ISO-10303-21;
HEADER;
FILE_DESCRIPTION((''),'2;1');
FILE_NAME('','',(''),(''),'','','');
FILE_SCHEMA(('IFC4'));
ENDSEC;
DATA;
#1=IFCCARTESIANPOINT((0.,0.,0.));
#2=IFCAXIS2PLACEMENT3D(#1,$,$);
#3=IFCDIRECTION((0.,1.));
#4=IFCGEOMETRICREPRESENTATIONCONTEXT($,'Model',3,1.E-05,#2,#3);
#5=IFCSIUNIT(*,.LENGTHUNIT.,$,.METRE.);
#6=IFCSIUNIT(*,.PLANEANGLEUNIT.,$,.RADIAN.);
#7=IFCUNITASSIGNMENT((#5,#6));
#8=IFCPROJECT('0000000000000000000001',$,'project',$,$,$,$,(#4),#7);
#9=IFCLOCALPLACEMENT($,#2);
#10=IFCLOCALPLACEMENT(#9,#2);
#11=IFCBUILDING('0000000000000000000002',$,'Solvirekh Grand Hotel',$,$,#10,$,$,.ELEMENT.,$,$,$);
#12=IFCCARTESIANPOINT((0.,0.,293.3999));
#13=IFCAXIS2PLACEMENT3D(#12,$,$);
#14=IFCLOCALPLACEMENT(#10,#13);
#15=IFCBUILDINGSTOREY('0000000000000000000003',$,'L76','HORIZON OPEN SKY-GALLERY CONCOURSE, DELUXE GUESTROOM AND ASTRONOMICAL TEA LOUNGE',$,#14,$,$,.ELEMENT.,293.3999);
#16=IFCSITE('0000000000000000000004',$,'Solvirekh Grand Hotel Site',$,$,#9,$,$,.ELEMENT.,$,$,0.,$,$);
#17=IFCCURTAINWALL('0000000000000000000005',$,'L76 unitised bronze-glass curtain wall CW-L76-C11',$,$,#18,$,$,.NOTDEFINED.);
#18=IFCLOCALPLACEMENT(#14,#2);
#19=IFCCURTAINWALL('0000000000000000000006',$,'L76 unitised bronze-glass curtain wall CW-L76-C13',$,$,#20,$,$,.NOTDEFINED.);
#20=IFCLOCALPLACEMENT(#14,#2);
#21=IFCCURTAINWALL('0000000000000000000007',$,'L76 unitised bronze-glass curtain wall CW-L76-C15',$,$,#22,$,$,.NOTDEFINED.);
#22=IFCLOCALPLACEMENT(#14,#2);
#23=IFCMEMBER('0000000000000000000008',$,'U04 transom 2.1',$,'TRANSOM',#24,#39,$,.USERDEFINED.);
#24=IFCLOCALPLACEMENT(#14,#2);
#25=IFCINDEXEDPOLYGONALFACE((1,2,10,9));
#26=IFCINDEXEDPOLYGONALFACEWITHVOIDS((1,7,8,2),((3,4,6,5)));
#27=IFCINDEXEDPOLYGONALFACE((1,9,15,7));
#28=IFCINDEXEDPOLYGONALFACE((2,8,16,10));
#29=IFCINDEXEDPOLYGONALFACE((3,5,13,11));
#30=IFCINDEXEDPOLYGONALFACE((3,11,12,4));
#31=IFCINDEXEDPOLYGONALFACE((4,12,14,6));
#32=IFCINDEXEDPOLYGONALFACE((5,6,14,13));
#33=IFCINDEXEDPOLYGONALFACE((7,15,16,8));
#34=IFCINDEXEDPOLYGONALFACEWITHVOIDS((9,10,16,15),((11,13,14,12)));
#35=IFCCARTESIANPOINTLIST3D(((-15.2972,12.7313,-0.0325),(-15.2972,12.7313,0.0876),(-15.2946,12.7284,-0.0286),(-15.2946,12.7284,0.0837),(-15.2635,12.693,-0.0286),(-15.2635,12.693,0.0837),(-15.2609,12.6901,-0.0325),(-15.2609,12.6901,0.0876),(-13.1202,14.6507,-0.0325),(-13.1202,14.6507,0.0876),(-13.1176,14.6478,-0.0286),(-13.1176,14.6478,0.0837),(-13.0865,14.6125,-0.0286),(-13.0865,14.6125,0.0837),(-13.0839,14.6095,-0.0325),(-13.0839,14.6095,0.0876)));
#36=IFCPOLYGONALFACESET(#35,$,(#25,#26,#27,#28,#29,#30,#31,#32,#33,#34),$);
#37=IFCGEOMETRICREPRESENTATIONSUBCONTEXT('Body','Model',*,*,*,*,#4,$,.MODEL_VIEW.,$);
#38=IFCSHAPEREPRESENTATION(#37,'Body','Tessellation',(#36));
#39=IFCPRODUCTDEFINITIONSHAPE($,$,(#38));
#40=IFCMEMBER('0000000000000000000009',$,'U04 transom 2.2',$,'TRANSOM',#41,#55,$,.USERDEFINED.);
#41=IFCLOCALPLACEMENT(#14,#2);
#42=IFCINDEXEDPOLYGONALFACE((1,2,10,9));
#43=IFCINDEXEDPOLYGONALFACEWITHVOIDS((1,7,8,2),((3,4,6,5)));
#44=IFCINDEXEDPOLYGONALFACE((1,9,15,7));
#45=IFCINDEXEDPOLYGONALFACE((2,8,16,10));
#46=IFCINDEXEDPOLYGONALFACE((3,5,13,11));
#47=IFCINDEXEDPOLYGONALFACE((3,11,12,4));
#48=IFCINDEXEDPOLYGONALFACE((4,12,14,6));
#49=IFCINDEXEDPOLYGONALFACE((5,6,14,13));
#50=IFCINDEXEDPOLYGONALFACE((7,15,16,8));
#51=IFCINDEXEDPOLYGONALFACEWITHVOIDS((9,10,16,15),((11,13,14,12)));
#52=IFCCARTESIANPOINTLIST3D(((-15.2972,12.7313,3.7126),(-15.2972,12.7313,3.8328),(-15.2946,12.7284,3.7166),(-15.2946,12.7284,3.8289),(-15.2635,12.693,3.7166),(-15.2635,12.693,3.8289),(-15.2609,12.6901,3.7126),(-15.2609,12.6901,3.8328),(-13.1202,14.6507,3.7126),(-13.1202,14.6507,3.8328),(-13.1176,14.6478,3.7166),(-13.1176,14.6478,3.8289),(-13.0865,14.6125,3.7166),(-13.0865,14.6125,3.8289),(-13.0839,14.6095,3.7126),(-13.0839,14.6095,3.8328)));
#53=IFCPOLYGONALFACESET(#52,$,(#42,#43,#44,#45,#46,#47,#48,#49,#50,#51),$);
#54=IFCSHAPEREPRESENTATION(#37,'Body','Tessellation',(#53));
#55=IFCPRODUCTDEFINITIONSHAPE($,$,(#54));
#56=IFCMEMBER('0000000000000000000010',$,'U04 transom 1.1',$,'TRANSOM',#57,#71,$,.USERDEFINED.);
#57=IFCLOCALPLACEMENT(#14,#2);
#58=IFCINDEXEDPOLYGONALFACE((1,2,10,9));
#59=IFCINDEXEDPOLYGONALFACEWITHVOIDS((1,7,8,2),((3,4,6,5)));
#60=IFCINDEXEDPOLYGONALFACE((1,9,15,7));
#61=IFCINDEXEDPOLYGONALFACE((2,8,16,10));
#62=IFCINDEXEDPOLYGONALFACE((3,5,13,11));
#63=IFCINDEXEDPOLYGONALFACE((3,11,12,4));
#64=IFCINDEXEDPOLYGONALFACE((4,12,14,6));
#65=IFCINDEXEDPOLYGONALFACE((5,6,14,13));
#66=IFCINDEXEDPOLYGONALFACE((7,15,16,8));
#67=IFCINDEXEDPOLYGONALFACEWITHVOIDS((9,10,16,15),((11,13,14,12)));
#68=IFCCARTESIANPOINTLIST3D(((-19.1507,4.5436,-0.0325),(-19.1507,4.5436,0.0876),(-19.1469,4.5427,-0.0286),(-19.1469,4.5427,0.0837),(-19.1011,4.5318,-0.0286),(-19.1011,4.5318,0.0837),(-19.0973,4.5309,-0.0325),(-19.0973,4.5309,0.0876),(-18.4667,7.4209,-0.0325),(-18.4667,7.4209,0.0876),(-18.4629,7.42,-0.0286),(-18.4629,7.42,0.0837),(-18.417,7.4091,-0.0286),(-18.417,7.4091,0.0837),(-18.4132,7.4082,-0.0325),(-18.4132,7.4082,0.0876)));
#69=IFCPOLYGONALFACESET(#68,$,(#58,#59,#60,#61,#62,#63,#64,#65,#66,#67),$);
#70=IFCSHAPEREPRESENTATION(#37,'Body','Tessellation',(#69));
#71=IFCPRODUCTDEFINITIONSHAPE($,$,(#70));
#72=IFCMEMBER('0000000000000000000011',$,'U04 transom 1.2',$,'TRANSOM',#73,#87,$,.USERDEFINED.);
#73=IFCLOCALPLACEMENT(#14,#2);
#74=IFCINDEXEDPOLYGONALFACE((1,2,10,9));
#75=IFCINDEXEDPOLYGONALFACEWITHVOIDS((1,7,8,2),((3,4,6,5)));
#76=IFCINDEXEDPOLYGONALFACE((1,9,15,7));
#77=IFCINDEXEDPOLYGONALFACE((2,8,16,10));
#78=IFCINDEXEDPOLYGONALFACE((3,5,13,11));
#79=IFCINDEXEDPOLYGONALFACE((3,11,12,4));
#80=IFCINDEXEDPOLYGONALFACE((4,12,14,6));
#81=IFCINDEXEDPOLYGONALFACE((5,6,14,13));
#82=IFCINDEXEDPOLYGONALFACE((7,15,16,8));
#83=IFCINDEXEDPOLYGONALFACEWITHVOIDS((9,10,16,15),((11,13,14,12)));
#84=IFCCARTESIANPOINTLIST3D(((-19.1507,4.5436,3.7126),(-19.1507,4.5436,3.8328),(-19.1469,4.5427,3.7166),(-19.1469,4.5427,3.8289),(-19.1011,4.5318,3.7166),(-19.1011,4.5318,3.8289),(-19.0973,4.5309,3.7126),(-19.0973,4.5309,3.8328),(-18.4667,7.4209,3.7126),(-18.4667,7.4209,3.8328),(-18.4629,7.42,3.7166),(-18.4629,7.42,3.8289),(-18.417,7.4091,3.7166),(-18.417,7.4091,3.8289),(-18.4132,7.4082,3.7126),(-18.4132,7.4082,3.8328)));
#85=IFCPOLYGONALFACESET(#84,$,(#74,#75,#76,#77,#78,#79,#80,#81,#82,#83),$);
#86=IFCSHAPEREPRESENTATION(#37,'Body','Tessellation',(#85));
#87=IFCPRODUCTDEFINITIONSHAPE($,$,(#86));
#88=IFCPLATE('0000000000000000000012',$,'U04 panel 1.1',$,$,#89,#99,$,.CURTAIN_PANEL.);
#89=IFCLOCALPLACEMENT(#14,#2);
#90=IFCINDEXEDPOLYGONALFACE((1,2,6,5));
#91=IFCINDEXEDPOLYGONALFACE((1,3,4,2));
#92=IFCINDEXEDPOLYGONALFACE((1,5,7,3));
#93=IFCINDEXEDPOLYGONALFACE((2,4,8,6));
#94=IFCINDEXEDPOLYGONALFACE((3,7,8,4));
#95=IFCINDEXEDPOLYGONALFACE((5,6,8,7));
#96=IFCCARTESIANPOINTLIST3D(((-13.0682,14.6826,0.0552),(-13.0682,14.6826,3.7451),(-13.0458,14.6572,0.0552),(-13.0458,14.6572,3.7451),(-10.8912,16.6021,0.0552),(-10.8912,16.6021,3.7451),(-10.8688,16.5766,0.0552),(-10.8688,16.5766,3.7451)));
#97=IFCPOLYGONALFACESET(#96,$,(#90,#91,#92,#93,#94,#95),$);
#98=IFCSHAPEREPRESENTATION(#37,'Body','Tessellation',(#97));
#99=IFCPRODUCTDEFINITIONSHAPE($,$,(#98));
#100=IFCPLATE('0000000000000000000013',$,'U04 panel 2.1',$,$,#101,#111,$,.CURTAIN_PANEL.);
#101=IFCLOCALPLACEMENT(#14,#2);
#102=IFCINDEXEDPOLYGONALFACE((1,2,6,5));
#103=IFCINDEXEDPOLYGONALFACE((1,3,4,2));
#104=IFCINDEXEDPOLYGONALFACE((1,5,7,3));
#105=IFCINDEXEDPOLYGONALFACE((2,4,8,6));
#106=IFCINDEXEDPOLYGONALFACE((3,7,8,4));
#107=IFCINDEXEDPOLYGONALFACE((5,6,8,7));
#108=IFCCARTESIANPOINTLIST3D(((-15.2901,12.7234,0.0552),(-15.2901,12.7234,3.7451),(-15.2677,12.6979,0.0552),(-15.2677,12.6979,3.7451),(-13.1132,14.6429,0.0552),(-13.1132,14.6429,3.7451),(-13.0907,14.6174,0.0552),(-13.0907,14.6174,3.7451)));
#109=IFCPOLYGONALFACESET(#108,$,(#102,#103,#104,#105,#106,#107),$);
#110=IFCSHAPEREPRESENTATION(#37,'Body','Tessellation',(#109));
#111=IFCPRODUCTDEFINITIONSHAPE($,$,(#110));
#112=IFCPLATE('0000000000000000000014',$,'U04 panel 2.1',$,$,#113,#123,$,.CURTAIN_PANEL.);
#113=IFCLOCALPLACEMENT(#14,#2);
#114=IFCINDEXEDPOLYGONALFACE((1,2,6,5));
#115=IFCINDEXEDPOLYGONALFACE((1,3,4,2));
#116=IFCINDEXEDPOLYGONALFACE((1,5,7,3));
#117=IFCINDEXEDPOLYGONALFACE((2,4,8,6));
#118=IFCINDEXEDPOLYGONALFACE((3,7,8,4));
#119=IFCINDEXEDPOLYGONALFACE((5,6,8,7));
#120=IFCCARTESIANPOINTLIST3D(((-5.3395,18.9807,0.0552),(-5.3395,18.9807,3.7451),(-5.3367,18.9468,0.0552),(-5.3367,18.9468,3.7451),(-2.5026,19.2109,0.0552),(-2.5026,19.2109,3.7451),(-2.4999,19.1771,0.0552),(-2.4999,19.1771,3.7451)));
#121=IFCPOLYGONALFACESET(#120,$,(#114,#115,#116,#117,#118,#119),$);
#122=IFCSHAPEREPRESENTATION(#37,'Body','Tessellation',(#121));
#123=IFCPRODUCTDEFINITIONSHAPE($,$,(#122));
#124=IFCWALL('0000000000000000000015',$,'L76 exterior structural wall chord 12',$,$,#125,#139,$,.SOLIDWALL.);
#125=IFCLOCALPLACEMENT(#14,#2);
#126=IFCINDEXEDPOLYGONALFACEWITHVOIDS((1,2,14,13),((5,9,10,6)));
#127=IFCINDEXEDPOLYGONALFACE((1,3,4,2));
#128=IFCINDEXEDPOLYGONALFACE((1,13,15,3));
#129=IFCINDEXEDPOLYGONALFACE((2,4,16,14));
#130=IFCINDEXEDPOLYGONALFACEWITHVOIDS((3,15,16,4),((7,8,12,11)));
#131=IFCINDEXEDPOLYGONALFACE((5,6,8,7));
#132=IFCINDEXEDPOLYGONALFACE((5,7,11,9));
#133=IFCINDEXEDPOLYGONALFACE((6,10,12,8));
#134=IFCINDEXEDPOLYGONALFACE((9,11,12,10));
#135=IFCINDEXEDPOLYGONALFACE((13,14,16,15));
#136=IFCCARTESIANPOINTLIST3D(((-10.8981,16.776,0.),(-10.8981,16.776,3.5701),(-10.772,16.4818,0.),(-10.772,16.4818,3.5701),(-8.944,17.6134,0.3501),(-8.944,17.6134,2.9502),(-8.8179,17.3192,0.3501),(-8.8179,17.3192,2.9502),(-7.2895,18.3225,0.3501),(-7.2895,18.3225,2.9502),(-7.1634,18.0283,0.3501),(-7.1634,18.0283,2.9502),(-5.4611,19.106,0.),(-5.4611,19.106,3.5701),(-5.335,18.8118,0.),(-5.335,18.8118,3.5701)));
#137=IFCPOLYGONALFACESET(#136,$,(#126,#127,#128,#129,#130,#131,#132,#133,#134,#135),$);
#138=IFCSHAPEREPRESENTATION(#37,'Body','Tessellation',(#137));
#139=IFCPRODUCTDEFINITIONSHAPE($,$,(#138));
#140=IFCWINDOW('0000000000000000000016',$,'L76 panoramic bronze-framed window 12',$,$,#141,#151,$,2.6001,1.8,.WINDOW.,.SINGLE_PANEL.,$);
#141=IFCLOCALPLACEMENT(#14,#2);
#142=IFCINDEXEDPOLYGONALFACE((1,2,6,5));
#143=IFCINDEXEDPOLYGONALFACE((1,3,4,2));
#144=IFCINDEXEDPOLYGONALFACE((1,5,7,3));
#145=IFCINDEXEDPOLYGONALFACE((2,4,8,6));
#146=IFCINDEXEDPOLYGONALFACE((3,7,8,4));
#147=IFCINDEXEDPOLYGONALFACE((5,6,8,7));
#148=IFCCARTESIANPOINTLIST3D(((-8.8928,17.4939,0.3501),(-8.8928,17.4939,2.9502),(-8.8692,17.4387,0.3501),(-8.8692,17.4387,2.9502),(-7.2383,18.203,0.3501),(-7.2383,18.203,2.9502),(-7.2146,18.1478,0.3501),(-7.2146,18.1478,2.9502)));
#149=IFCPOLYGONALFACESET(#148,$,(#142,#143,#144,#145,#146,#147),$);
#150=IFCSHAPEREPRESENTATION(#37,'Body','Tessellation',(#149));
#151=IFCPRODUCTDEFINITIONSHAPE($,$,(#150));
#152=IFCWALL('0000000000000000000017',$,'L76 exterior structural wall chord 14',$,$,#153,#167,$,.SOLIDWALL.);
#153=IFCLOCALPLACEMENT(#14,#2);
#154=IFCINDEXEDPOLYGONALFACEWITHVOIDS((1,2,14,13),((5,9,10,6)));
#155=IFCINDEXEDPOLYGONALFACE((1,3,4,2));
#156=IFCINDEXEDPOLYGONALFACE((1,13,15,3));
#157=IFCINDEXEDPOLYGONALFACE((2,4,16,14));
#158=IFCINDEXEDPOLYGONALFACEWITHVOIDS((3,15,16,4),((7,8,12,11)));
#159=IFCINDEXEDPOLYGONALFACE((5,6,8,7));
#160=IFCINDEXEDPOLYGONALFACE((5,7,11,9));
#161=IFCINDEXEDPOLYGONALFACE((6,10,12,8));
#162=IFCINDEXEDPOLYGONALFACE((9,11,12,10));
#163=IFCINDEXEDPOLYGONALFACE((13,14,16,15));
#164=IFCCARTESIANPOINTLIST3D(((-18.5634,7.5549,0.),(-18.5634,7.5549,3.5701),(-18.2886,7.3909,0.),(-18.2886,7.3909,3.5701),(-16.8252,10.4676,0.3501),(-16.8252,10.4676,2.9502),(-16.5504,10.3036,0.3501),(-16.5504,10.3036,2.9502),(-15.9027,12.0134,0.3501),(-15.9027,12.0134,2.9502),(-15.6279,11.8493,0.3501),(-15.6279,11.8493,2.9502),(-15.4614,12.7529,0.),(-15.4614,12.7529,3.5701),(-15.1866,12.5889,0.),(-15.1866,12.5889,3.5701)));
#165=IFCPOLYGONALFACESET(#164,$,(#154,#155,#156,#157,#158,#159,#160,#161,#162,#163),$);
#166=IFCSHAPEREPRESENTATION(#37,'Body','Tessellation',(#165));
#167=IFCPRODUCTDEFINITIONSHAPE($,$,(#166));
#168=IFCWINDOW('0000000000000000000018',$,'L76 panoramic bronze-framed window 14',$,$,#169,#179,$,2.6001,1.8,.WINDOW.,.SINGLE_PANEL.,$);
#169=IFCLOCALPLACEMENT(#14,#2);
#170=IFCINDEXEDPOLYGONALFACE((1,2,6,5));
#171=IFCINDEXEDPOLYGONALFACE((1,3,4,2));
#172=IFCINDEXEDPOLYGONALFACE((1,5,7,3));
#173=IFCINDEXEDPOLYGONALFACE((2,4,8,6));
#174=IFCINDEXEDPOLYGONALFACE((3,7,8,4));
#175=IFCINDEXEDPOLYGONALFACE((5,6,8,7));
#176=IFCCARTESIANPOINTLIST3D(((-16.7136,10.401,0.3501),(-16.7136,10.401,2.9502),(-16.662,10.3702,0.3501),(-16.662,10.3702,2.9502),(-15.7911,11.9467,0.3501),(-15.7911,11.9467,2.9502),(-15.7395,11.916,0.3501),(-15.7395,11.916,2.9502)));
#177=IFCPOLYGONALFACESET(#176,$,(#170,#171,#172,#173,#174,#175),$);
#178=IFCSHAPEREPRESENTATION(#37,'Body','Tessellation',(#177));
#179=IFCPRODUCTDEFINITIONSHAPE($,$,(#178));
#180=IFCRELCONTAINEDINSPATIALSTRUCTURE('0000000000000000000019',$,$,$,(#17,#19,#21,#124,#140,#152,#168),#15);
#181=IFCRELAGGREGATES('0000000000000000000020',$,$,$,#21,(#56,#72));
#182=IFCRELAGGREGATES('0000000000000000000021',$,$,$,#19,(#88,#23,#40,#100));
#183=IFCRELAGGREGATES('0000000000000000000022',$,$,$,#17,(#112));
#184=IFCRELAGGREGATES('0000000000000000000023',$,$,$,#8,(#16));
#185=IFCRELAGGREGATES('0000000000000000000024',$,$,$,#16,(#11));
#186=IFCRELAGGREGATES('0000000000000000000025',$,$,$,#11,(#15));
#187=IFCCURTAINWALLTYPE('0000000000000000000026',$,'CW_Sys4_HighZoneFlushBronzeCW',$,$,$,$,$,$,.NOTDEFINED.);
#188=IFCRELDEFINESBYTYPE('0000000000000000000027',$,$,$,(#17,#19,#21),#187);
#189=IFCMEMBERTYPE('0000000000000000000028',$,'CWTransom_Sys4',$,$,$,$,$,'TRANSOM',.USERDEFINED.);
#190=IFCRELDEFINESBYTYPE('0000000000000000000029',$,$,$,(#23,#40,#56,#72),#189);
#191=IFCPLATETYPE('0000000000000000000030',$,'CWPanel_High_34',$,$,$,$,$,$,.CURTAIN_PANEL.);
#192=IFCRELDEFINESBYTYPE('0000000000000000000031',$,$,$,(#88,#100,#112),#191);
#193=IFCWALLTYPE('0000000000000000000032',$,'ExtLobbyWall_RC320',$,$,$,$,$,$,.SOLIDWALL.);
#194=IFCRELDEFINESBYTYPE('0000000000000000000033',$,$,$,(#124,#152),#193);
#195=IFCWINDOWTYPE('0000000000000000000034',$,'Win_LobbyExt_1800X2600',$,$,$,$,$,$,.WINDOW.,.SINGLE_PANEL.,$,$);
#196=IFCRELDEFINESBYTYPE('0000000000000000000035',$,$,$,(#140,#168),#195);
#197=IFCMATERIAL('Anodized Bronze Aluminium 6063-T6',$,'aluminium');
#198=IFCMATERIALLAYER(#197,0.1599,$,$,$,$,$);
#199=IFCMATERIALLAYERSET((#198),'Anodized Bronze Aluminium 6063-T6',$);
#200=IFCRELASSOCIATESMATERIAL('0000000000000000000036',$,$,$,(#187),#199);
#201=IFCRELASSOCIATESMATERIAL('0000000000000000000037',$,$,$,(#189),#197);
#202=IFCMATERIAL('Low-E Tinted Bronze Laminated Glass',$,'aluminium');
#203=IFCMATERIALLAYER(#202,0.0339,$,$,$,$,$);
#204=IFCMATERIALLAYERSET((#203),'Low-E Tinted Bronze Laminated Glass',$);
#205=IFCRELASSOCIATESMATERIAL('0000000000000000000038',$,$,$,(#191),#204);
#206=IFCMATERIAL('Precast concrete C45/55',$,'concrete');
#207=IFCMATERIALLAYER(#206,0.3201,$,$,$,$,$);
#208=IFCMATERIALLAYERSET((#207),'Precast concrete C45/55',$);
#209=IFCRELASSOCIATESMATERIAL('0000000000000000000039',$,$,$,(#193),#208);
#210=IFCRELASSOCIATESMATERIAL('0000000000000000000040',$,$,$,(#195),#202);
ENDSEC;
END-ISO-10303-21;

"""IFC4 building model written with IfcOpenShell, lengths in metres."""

from ifc_helpers import new_model, si_unit, direction, frame, frame_2d, origin, origin_2d, place, context, subcontext, project, spatial, rectangle, hollow_rectangle, extrude, source, transform, mapped, material, layer, layer_set, material_profile, profile_set, type_object, element, fill, aggregate, save


model = new_model("IFC4")

# Units and contexts
model_context = context("Model", 3, precision=1e-05, world=origin(), true_north=direction((0.0, 1.0)))
body_context = subcontext(model_context, "Body", "Model", "MODEL_VIEW")
ifc_project = project(units=[si_unit("LENGTHUNIT", "METRE"), si_unit("PLANEANGLEUNIT", "RADIAN")], contexts=[model_context])

# Site, building, storey
site_placement = place(None, origin())
site = spatial("IfcSite", under=ifc_project, at=site_placement, Name="Solvirekh Grand Hotel Site", CompositionType="ELEMENT", RefElevation=0.0)
building_placement = place(site_placement, origin())
building = spatial("IfcBuilding", under=site, at=building_placement, Name="Solvirekh Grand Hotel", CompositionType="ELEMENT")
storey_placement = place(building_placement, frame((0.0, 0.0, 293.3999)))
storey = spatial("IfcBuildingStorey", under=building, at=storey_placement, Name="L76", Description="HORIZON OPEN SKY-GALLERY CONCOURSE, DELUXE GUESTROOM AND ASTRONOMICAL TEA LOUNGE", CompositionType="ELEMENT", Elevation=293.3999)

# Curtain walls
ifc_material_1 = material(Name="Anodized Bronze Aluminium 6063-T6", Category="aluminium")
ifc_layer_1 = layer(ifc_material_1, 0.1599)
ifc_layer_set_1 = layer_set([ifc_layer_1], Name="Anodized Bronze Aluminium 6063-T6")
curtain_wall_type = type_object("IfcCurtainWallType", Name="CW_Sys4_HighZoneFlushBronzeCW", PredefinedType="NOTDEFINED", material=ifc_layer_set_1)
curtain_wall_1_placement = place(storey_placement, origin())
curtain_wall_1 = element("IfcCurtainWall", 1, at=curtain_wall_1_placement, inside=storey, type_object=curtain_wall_type, Name="L76 unitised bronze-glass curtain wall CW-L76-C11", PredefinedType="NOTDEFINED")
curtain_wall_2_placement = place(storey_placement, origin())
curtain_wall_2 = element("IfcCurtainWall", 2, at=curtain_wall_2_placement, inside=storey, type_object=curtain_wall_type, Name="L76 unitised bronze-glass curtain wall CW-L76-C13", PredefinedType="NOTDEFINED")

# Curtain wall
curtain_wall_3_placement = place(storey_placement, origin())
curtain_wall_3 = element("IfcCurtainWall", 3, at=curtain_wall_3_placement, inside=storey, type_object=curtain_wall_type, Name="L76 unitised bronze-glass curtain wall CW-L76-C15", PredefinedType="NOTDEFINED")

# Members
ifc_material_profile_1 = material_profile(ifc_material_1, hollow_rectangle(XDim=0.0549, YDim=0.1201, WallThickness=0.0039, at=origin_2d()), Name="ALU RHS 120X55X4")
ifc_profile_set_1 = profile_set([ifc_material_profile_1], Name="Anodized Bronze Aluminium 6063-T6")
member_type_1 = type_object("IfcMemberType", Name="CWTransom_Sys4", ElementType="TRANSOM", PredefinedType="USERDEFINED", material=ifc_profile_set_1)
shared_shape_1 = source(origin(), body_context, "Body", "SweptSolid", [
    extrude(hollow_rectangle(XDim=0.0549, YDim=0.1201, WallThickness=0.0039, at=origin_2d()), origin(), (0.0, 0.0, 1.0), 2.9023),
])
member_1_placement = place(storey_placement, frame((-13.1021, 14.6301, 0.0276), z_axis=(-0.750086, -0.661341, 0.0), x_axis=(0.661341, -0.750086, 0.0)))
member_1 = element("IfcMember", 4, at=member_1_placement, type_object=member_type_1, Name="U04 transom 2.1", ObjectType="TRANSOM", PredefinedType="USERDEFINED", context=body_context, shape_type="MappedRepresentation", body=[
    mapped(shared_shape_1, transform((0.0, 0.0, 0.0), x_axis=(1.0, 0.0, 0.0), y_axis=(0.0, 1.0, 0.0), z_axis=(0.0, 0.0, 1.0), scale=1.0)),
])
member_2_placement = place(storey_placement, frame((-13.1021, 14.6301, 3.7727), z_axis=(-0.750086, -0.661341, 0.0), x_axis=(0.661341, -0.750086, 0.0)))
member_2 = element("IfcMember", 5, at=member_2_placement, type_object=member_type_1, Name="U04 transom 2.2", ObjectType="TRANSOM", PredefinedType="USERDEFINED", context=body_context, shape_type="MappedRepresentation", body=[
    mapped(shared_shape_1, transform((0.0, 0.0, 0.0), x_axis=(1.0, 0.0, 0.0), y_axis=(0.0, 1.0, 0.0), z_axis=(0.0, 0.0, 1.0), scale=1.0)),
])
shared_shape_2 = source(origin(), body_context, "Body", "SweptSolid", [
    extrude(hollow_rectangle(XDim=0.0549, YDim=0.1201, WallThickness=0.0039, at=origin_2d()), origin(), (0.0, 0.0, 1.0), 2.9575),
])
member_3_placement = place(storey_placement, frame((-18.4399, 7.4146, 0.0276), z_axis=(-0.231293, -0.972884, 0.0), x_axis=(0.972884, -0.231293, 0.0)))
member_3 = element("IfcMember", 6, at=member_3_placement, type_object=member_type_1, Name="U04 transom 1.1", ObjectType="TRANSOM", PredefinedType="USERDEFINED", context=body_context, shape_type="MappedRepresentation", body=[
    mapped(shared_shape_2, transform((0.0, 0.0, 0.0), x_axis=(1.0, 0.0, 0.0), y_axis=(0.0, 1.0, 0.0), z_axis=(0.0, 0.0, 1.0), scale=1.0)),
])
member_4_placement = place(storey_placement, frame((-18.4399, 7.4146, 3.7727), z_axis=(-0.231293, -0.972884, 0.0), x_axis=(0.972884, -0.231293, 0.0)))
member_4 = element("IfcMember", 7, at=member_4_placement, type_object=member_type_1, Name="U04 transom 1.2", ObjectType="TRANSOM", PredefinedType="USERDEFINED", context=body_context, shape_type="MappedRepresentation", body=[
    mapped(shared_shape_2, transform((0.0, 0.0, 0.0), x_axis=(1.0, 0.0, 0.0), y_axis=(0.0, 1.0, 0.0), z_axis=(0.0, 0.0, 1.0), scale=1.0)),
])
aggregate(curtain_wall_3, [member_3, member_4])

# Plates
ifc_material_2 = material(Name="Low-E Tinted Bronze Laminated Glass", Category="aluminium")
ifc_layer_2 = layer(ifc_material_2, 0.0339)
ifc_layer_set_2 = layer_set([ifc_layer_2], Name="Low-E Tinted Bronze Laminated Glass")
plate_type = type_object("IfcPlateType", Name="CWPanel_High_34", PredefinedType="CURTAIN_PANEL", material=ifc_layer_set_2)
shared_shape_3 = source(origin(), body_context, "Body", "SweptSolid", [
    extrude(rectangle(XDim=2.9023, YDim=0.0339, at=origin_2d()), origin(), (0.0, 0.0, 1.0), 3.6899),
])
plate_1_placement = place(storey_placement, frame((-11.9685, 15.6296, 0.0552), z_axis=(0.0, 0.0, 1.0), x_axis=(-0.750077, -0.661351, 0.0)))
plate_1 = element("IfcPlate", 8, at=plate_1_placement, type_object=plate_type, Name="U04 panel 1.1", PredefinedType="CURTAIN_PANEL", context=body_context, shape_type="MappedRepresentation", body=[
    mapped(shared_shape_3, transform((0.0, 0.0, 0.0), x_axis=(1.0, 0.0, 0.0), y_axis=(0.0, 1.0, 0.0), z_axis=(0.0, 0.0, 1.0), scale=1.0)),
])
plate_2_placement = place(storey_placement, frame((-14.1904, 13.6704, 0.0552), z_axis=(0.0, 0.0, 1.0), x_axis=(-0.750077, -0.661351, 0.0)))
plate_2 = element("IfcPlate", 9, at=plate_2_placement, type_object=plate_type, Name="U04 panel 2.1", PredefinedType="CURTAIN_PANEL", context=body_context, shape_type="MappedRepresentation", body=[
    mapped(shared_shape_3, transform((0.0, 0.0, 0.0), x_axis=(1.0, 0.0, 0.0), y_axis=(0.0, 1.0, 0.0), z_axis=(0.0, 0.0, 1.0), scale=1.0)),
])
aggregate(curtain_wall_2, [plate_1, member_1, member_2, plate_2])
shared_shape_4 = source(origin(), body_context, "Body", "SweptSolid", [
    extrude(rectangle(XDim=2.8462, YDim=0.0339, at=origin_2d()), origin(), (0.0, 0.0, 1.0), 3.6899),
])
plate_3_placement = place(storey_placement, frame((-3.9197, 19.0789, 0.0552), z_axis=(0.0, 0.0, 1.0), x_axis=(-0.996723, -0.080889, 0.0)))
plate_3 = element("IfcPlate", 10, at=plate_3_placement, type_object=plate_type, Name="U04 panel 2.1", PredefinedType="CURTAIN_PANEL", context=body_context, shape_type="MappedRepresentation", body=[
    mapped(shared_shape_4, transform((0.0, 0.0, 0.0), x_axis=(1.0, 0.0, 0.0), y_axis=(0.0, 1.0, 0.0), z_axis=(0.0, 0.0, 1.0), scale=1.0)),
])
aggregate(curtain_wall_1, [plate_3])

# Walls, openings, windows
ifc_material_3 = material(Name="Precast concrete C45/55", Category="concrete")
ifc_layer_3 = layer(ifc_material_3, 0.3201)
ifc_layer_set_3 = layer_set([ifc_layer_3], Name="Precast concrete C45/55")
wall_type_1 = type_object("IfcWallType", Name="ExtLobbyWall_RC320", PredefinedType="SOLIDWALL", material=ifc_layer_set_3)
wall_1_placement = place(storey_placement, frame((-10.835, 16.6289, 0.0), z_axis=(0.0, 0.0, 1.0), x_axis=(0.919149, 0.393909, 0.0)))
wall_1 = element("IfcWall", 11, at=wall_1_placement, inside=storey, type_object=wall_type_1, Name="L76 exterior structural wall chord 12", PredefinedType="SOLIDWALL", context=body_context, shape_type="SweptSolid", body=[
    extrude(rectangle(XDim=5.9153, YDim=0.3201, at=frame_2d((2.9575, 0.0))), origin(), (0.0, 0.0, 1.0), 3.5701),
])
opening_1_placement = place(wall_1_placement, frame((2.126, 0.0, 0.3501)))
opening_1 = element("IfcOpeningElement", 12, at=opening_1_placement, cuts=wall_1, PredefinedType="OPENING", context=body_context, shape_type="SweptSolid", body=[
    extrude(rectangle(XDim=1.8, YDim=2.6001, at=frame_2d((0.8999, 1.3))), frame((0.0, 0.1699, 0.0), z_axis=(0.0, -1.0, 0.0), x_axis=(1.0, 0.0, 0.0)), (0.0, 0.0, 1.0), 0.3401),
])
window_type = type_object("IfcWindowType", Name="Win_LobbyExt_1800X2600", PartitioningType="SINGLE_PANEL", PredefinedType="WINDOW", material=ifc_material_2)
window_1_placement = place(opening_1_placement, origin())
window_1 = element("IfcWindow", 13, at=window_1_placement, inside=storey, type_object=window_type, Name="L76 panoramic bronze-framed window 12", OverallHeight=2.6001, OverallWidth=1.8, PartitioningType="SINGLE_PANEL", PredefinedType="WINDOW", context=body_context, shape_type="SweptSolid", body=[
    extrude(rectangle(XDim=1.8, YDim=2.6001, at=frame_2d((0.8999, 1.3))), frame((0.0, 0.03, 0.0), z_axis=(0.0, -1.0, 0.0), x_axis=(1.0, 0.0, 0.0)), (0.0, 0.0, 1.0), 0.0601),
])
fill(opening_1, window_1)
wall_2_placement = place(storey_placement, frame((-18.426, 7.4729, 0.0), z_axis=(0.0, 0.0, 1.0), x_axis=(0.51246, 0.858711, 0.0)))
wall_2 = element("IfcWall", 14, at=wall_2_placement, inside=storey, type_object=wall_type_1, Name="L76 exterior structural wall chord 14", PredefinedType="SOLIDWALL", context=body_context, shape_type="SweptSolid", body=[
    extrude(rectangle(XDim=6.0532, YDim=0.3201, at=frame_2d((3.0266, 0.0))), origin(), (0.0, 0.0, 1.0), 3.5701),
])
opening_2_placement = place(wall_2_placement, frame((3.3921, 0.0, 0.3501)))
opening_2 = element("IfcOpeningElement", 15, at=opening_2_placement, cuts=wall_2, PredefinedType="OPENING", context=body_context, shape_type="SweptSolid", body=[
    extrude(rectangle(XDim=1.8, YDim=2.6001, at=frame_2d((0.8999, 1.3))), frame((0.0, 0.1699, 0.0), z_axis=(0.0, -1.0, 0.0), x_axis=(1.0, 0.0, 0.0)), (0.0, 0.0, 1.0), 0.3401),
])
window_2_placement = place(opening_2_placement, origin())
window_2 = element("IfcWindow", 16, at=window_2_placement, inside=storey, type_object=window_type, Name="L76 panoramic bronze-framed window 14", OverallHeight=2.6001, OverallWidth=1.8, PartitioningType="SINGLE_PANEL", PredefinedType="WINDOW", context=body_context, shape_type="SweptSolid", body=[
    extrude(rectangle(XDim=1.8, YDim=2.6001, at=frame_2d((0.8999, 1.3))), frame((0.0, 0.03, 0.0), z_axis=(0.0, -1.0, 0.0), x_axis=(1.0, 0.0, 0.0)), (0.0, 0.0, 1.0), 0.0601),
])
fill(opening_2, window_2)

save(model, "model.ifc")
